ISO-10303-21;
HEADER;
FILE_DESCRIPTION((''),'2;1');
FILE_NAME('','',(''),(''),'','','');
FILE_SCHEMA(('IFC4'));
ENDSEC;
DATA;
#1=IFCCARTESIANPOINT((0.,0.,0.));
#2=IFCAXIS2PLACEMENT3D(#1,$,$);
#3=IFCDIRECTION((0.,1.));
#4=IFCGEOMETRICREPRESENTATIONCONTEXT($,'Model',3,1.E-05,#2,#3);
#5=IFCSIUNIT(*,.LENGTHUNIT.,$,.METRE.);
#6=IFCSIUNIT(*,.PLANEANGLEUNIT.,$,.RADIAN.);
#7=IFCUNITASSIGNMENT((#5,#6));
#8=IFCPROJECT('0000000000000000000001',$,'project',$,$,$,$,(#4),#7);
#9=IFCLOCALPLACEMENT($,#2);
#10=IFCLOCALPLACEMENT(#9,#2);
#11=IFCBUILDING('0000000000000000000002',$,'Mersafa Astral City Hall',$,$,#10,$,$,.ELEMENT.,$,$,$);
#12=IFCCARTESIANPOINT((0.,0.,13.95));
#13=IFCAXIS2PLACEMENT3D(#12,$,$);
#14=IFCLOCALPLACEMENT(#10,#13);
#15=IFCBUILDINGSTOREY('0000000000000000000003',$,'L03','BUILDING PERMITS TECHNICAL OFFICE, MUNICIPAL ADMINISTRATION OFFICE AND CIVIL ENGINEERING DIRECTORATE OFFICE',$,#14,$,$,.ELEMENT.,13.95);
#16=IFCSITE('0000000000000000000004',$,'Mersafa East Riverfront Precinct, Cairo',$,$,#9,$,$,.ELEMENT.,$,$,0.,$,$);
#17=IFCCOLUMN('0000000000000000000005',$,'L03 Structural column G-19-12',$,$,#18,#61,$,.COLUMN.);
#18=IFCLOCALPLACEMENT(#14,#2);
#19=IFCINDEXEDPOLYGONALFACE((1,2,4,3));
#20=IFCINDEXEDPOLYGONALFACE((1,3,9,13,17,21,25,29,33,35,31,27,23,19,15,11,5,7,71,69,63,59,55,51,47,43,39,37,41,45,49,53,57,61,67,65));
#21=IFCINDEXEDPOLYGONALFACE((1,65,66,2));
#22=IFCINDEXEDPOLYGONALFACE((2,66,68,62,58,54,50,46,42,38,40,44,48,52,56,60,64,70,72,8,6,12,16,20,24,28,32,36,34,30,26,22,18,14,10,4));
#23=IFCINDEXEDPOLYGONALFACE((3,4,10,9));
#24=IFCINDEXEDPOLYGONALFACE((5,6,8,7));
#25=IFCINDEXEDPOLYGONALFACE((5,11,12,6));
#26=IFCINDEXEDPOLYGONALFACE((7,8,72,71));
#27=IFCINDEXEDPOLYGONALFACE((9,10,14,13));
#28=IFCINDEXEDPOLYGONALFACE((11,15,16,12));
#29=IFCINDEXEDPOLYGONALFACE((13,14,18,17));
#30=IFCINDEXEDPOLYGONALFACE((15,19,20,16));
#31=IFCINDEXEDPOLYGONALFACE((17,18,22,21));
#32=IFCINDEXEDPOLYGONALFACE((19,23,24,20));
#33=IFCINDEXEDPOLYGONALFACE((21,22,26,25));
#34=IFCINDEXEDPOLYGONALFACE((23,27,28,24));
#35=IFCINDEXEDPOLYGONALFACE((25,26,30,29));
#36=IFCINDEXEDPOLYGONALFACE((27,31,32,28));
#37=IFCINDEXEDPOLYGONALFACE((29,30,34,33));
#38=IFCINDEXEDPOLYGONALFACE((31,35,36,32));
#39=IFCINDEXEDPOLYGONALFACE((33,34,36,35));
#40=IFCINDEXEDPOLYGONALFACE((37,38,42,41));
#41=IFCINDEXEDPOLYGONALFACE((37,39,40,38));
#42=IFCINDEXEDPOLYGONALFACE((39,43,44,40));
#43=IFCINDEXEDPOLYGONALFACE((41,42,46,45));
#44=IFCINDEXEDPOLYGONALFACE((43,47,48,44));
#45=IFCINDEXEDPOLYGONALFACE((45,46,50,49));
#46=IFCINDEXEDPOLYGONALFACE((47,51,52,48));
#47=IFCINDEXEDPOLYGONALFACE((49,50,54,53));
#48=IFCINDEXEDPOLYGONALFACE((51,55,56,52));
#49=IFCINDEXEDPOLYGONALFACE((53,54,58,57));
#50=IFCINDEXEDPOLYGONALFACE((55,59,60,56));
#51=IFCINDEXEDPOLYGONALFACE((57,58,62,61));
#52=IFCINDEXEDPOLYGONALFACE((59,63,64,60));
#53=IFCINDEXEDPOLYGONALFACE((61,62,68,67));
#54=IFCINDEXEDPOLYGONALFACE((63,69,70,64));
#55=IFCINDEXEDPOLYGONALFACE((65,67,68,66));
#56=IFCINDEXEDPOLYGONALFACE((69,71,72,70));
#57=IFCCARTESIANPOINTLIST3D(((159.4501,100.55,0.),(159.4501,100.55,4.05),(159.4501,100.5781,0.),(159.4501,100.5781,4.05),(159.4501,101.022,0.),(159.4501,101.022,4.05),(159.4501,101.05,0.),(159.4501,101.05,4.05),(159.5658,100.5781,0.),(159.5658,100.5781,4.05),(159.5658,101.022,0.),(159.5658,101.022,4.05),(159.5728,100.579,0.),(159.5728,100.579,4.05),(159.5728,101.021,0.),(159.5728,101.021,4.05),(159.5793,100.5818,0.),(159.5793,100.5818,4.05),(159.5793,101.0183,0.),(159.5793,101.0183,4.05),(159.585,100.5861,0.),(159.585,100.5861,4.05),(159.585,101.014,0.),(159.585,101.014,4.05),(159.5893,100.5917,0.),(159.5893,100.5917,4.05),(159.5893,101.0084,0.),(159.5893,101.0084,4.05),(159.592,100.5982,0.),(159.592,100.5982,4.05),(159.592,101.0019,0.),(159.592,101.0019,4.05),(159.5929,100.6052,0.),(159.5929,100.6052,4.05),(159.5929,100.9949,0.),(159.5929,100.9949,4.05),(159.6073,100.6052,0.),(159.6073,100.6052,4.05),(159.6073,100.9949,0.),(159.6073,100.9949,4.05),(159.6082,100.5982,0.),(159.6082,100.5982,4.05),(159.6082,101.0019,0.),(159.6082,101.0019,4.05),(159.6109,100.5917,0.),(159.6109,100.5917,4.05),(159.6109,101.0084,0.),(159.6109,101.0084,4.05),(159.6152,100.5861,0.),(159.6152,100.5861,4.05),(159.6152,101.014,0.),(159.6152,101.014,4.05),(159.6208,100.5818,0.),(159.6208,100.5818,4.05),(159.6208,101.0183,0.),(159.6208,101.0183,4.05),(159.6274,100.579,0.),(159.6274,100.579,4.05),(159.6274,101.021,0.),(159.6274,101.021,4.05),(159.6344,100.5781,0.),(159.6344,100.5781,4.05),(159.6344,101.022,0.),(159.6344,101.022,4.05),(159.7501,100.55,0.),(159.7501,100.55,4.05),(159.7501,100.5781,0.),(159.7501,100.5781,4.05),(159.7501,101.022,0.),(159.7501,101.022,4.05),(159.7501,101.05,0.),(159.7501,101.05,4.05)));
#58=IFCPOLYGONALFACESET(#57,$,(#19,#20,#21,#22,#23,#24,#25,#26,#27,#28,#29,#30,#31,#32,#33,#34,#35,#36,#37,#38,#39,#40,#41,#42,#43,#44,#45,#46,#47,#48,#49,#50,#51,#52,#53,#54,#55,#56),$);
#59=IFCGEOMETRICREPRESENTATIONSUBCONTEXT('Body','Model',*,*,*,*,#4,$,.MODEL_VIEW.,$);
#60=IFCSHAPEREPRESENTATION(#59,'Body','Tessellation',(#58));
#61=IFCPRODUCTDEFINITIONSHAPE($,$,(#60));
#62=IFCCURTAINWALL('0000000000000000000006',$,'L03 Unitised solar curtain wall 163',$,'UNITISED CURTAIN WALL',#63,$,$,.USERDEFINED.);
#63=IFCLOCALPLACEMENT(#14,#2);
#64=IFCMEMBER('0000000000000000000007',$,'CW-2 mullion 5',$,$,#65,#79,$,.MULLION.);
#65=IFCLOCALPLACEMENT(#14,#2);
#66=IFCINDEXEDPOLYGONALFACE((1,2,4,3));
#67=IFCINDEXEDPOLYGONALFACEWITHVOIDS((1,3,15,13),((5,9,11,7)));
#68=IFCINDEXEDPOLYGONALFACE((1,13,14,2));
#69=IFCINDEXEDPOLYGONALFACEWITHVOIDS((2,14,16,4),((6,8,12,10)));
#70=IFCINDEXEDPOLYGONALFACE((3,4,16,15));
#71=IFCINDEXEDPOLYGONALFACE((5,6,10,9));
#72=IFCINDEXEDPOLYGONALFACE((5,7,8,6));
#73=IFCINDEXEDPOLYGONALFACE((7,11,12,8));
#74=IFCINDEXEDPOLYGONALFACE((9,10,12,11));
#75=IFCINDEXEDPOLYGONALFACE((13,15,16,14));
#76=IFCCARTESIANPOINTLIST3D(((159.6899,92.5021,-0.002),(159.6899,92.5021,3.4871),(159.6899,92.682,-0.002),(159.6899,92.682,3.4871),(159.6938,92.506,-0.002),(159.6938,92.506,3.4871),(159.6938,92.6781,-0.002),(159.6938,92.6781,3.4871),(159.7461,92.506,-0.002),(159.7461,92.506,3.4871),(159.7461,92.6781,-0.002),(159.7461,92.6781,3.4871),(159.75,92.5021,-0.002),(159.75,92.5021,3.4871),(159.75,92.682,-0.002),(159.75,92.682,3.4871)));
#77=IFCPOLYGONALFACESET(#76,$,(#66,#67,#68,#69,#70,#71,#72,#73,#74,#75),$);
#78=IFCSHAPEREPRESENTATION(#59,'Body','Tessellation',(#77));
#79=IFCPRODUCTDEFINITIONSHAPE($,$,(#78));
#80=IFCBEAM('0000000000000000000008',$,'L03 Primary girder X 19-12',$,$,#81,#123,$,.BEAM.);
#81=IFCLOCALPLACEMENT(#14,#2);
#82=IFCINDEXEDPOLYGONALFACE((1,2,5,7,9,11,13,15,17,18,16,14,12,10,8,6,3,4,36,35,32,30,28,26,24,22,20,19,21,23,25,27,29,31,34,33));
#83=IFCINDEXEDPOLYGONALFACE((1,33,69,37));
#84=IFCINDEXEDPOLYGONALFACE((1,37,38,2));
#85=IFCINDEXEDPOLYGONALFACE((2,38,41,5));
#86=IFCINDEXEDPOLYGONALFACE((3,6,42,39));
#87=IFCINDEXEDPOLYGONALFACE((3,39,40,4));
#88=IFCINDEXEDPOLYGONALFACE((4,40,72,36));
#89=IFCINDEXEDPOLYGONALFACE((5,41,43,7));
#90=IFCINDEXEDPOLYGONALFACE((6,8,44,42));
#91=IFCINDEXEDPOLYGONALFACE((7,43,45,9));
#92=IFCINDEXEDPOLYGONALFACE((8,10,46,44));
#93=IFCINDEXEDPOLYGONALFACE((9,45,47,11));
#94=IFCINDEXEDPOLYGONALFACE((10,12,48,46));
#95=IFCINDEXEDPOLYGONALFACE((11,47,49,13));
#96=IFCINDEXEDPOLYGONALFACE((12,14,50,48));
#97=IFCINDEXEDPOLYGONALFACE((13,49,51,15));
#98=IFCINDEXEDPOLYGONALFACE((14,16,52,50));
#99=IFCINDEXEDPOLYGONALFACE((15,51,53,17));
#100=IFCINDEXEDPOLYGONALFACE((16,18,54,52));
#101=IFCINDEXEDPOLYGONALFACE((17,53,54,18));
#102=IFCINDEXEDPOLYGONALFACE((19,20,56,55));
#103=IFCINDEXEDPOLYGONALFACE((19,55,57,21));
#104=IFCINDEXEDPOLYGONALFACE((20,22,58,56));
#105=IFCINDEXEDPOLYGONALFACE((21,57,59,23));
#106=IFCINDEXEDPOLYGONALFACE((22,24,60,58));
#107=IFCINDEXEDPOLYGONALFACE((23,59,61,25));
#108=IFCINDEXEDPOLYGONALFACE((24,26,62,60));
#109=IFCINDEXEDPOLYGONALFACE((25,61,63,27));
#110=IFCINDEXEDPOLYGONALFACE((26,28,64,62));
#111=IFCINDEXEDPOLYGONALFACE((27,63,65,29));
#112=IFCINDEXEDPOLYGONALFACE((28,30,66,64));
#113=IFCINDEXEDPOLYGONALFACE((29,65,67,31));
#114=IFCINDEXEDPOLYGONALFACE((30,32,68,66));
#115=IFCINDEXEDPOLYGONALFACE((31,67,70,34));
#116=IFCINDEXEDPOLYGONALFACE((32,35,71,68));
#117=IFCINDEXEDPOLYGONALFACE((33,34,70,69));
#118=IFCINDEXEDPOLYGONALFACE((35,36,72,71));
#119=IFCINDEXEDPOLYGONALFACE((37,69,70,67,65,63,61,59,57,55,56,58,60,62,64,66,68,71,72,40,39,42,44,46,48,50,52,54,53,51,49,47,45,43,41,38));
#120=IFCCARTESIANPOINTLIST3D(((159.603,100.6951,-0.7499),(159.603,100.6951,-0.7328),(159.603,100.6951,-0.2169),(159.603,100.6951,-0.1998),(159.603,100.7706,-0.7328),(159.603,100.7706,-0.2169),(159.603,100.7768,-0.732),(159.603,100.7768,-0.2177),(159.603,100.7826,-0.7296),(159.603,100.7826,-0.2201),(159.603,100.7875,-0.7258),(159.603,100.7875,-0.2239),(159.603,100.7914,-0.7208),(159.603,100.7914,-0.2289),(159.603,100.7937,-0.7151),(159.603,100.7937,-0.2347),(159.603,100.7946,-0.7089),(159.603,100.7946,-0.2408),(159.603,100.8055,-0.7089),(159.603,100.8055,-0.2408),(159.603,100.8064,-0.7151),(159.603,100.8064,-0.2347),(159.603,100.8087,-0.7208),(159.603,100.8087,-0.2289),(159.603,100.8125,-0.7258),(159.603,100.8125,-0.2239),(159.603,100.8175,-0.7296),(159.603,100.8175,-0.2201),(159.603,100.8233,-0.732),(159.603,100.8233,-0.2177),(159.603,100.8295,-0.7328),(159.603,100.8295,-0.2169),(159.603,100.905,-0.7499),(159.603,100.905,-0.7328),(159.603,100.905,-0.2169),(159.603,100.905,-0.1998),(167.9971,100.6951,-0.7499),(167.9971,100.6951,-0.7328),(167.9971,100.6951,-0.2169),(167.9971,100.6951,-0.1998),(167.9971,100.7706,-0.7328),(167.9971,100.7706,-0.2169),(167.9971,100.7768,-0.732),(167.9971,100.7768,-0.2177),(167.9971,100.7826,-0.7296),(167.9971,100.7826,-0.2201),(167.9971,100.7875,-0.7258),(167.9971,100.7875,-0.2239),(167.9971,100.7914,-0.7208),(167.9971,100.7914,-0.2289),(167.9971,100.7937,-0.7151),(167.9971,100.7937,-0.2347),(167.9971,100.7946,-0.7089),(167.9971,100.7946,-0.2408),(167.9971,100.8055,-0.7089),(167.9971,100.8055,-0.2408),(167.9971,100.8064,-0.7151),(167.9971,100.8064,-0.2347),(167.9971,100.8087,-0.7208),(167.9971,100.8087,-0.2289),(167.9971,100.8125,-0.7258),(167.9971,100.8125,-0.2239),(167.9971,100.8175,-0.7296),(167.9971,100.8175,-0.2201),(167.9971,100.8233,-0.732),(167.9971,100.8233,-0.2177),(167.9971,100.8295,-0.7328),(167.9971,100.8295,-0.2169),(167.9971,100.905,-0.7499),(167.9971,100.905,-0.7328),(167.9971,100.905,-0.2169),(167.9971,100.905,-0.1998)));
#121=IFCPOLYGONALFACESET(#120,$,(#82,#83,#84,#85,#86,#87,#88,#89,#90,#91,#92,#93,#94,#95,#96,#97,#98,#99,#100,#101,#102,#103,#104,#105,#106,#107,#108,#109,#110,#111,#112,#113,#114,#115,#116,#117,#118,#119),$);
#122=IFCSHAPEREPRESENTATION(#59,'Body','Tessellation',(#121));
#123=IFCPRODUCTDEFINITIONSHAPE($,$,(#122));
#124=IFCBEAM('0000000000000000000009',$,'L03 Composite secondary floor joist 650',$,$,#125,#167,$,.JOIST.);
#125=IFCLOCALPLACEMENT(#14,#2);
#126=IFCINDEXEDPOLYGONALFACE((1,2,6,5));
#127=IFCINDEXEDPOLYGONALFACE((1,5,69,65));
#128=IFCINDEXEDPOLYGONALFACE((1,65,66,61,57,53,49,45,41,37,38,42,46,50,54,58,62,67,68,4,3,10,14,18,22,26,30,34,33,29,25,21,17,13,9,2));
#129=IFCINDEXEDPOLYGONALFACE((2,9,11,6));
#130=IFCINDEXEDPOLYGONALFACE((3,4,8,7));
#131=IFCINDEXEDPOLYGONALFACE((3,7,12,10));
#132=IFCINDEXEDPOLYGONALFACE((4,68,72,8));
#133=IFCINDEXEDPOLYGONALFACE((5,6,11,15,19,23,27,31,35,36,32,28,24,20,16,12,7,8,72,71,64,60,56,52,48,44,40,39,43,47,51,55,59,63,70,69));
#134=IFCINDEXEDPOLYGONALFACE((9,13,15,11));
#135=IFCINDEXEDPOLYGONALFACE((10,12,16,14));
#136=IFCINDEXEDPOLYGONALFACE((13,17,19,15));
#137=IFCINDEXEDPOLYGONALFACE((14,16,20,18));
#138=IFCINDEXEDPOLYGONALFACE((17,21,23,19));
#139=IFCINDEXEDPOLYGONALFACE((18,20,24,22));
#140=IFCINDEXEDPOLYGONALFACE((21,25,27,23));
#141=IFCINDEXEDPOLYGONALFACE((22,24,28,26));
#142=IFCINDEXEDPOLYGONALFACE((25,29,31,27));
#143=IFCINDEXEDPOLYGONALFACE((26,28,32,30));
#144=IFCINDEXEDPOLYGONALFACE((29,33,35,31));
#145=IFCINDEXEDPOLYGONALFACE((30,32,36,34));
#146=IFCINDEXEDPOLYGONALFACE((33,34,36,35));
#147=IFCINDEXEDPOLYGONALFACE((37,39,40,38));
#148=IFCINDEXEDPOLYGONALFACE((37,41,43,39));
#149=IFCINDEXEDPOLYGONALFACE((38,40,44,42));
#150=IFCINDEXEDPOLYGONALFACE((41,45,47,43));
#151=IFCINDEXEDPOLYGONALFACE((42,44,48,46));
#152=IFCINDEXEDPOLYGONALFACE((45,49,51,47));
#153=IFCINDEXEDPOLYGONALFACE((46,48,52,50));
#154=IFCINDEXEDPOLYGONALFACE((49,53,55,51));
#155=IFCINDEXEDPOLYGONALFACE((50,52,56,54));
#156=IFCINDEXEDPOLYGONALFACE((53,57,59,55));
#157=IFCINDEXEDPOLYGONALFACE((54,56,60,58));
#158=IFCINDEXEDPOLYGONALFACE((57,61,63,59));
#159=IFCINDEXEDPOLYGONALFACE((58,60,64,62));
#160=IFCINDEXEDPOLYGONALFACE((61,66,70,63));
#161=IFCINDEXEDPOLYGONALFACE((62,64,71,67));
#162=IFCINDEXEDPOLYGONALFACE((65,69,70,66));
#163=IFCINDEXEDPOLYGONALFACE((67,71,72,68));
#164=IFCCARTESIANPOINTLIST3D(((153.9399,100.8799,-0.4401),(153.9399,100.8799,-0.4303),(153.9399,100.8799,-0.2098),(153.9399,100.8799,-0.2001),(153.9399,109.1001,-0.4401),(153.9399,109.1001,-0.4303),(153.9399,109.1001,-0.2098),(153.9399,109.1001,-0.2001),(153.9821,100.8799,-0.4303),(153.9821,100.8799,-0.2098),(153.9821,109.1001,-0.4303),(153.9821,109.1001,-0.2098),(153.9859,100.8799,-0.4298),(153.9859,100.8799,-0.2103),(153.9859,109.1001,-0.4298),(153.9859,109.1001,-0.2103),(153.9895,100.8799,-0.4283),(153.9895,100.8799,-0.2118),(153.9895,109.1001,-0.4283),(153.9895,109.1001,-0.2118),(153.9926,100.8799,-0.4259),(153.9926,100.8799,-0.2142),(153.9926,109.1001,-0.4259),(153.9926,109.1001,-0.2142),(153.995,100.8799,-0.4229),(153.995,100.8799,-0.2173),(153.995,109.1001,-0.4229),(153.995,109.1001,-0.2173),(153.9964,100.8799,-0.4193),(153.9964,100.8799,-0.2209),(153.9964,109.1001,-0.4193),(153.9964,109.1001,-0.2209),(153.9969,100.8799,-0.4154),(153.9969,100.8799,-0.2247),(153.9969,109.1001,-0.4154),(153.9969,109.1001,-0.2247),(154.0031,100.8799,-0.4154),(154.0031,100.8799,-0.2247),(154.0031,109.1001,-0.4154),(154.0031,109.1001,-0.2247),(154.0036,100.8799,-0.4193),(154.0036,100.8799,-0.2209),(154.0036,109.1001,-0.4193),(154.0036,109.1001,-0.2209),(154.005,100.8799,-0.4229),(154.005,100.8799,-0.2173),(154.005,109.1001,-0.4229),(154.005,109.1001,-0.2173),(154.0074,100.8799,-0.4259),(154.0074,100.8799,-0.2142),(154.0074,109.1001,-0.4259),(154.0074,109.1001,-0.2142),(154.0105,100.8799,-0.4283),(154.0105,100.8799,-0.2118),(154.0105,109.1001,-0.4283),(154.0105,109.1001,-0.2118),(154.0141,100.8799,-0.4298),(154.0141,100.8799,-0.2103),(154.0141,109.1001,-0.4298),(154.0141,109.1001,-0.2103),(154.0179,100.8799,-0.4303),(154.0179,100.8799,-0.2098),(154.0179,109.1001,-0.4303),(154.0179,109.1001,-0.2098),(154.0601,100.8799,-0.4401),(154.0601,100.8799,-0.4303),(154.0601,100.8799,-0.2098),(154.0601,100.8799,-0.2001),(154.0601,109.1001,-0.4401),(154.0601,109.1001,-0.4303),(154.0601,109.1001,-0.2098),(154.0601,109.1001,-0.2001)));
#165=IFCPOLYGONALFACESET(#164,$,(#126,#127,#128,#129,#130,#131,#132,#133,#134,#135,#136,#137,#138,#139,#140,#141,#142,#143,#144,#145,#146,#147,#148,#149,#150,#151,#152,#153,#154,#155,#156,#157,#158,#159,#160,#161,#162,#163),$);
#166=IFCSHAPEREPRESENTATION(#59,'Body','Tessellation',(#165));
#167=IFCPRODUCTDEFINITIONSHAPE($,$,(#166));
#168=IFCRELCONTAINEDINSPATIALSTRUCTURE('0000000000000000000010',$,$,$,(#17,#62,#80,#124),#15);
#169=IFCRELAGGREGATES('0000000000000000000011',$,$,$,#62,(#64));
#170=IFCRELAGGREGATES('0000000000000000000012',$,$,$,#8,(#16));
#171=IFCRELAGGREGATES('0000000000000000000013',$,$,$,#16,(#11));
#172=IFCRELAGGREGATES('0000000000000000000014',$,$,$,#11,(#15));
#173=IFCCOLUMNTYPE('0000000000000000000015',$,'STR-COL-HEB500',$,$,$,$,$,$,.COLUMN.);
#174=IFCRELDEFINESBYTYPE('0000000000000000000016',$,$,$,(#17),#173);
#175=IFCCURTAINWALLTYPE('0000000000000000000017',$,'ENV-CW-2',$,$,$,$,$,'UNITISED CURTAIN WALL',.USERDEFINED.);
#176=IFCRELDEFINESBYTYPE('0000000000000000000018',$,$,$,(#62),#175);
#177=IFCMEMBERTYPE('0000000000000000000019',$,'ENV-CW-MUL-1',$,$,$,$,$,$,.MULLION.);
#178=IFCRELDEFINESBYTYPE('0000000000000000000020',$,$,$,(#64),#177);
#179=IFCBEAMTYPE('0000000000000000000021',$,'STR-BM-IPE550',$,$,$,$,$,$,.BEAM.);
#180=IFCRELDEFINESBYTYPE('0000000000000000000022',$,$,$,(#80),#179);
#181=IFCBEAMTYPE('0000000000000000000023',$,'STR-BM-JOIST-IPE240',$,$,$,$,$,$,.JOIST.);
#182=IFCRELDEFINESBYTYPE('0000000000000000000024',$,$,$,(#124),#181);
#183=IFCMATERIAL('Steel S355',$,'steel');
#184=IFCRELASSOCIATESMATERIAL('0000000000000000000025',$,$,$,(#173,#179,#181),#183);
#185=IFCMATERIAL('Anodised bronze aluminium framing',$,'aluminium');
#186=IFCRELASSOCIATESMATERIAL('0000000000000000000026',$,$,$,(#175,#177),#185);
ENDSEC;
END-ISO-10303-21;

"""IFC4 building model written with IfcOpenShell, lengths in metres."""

from ifc_helpers import new_model, si_unit, direction, frame, origin, origin_2d, place, context, subcontext, project, spatial, hollow_rectangle, i_section, extrude, material, material_profile, profile_set, type_object, element, aggregate, save


model = new_model("IFC4")

# Units and contexts
model_context = context("Model", 3, precision=1e-05, world=origin(), true_north=direction((0.0, 1.0)))
body_context = subcontext(model_context, "Body", "Model", "MODEL_VIEW")
ifc_project = project(units=[si_unit("LENGTHUNIT", "METRE"), si_unit("PLANEANGLEUNIT", "RADIAN")], contexts=[model_context])

# Site, building, storey
site_placement = place(None, origin())
site = spatial("IfcSite", under=ifc_project, at=site_placement, Name="Mersafa East Riverfront Precinct, Cairo", CompositionType="ELEMENT", RefElevation=0.0)
building_placement = place(site_placement, origin())
building = spatial("IfcBuilding", under=site, at=building_placement, Name="Mersafa Astral City Hall", CompositionType="ELEMENT")
storey_placement = place(building_placement, frame((0.0, 0.0, 13.95)))
storey = spatial("IfcBuildingStorey", under=building, at=storey_placement, Name="L03", Description="BUILDING PERMITS TECHNICAL OFFICE, MUNICIPAL ADMINISTRATION OFFICE AND CIVIL ENGINEERING DIRECTORATE OFFICE", CompositionType="ELEMENT", Elevation=13.95)

# Column
ifc_material_1 = material(Name="Steel S355", Category="steel")
ifc_material_profile_1 = material_profile(ifc_material_1, i_section(OverallWidth=0.3, OverallDepth=0.5, WebThickness=0.0144, FlangeThickness=0.0281, FilletRadius=0.0271, at=origin_2d()), Name="HEB 500")
ifc_profile_set_1 = profile_set([ifc_material_profile_1], Name="Steel S355")
column_type = type_object("IfcColumnType", Name="STR-COL-HEB500", PredefinedType="COLUMN", material=ifc_profile_set_1)
column_placement = place(storey_placement, frame((159.6001, 100.8, 0.0), z_axis=(0.0, 0.0, 1.0), x_axis=(1.0, 0.0, 0.0)))
element("IfcColumn", 1, at=column_placement, inside=storey, type_object=column_type, Name="L03 Structural column G-19-12", PredefinedType="COLUMN", context=body_context, shape_type="SweptSolid", body=[
    extrude(i_section(OverallWidth=0.3, OverallDepth=0.5, WebThickness=0.0144, FlangeThickness=0.0281, FilletRadius=0.0271, at=origin_2d()), origin(), (0.0, 0.0, 1.0), 4.05),
])

# Curtain wall, member
ifc_material_2 = material(Name="Anodised bronze aluminium framing", Category="aluminium")
curtain_wall_type_1 = type_object("IfcCurtainWallType", Name="ENV-CW-2", ElementType="UNITISED CURTAIN WALL", PredefinedType="USERDEFINED", material=ifc_material_2)
curtain_wall_1_placement = place(storey_placement, origin())
curtain_wall_1 = element("IfcCurtainWall", 2, at=curtain_wall_1_placement, inside=storey, type_object=curtain_wall_type_1, Name="L03 Unitised solar curtain wall 163", ObjectType="UNITISED CURTAIN WALL", PredefinedType="USERDEFINED")
ifc_material_profile_2 = material_profile(ifc_material_2, hollow_rectangle(XDim=0.0601, YDim=0.1799, WallThickness=0.0039, at=origin_2d()), Name="RHS 60x180x4")
ifc_profile_set_2 = profile_set([ifc_material_profile_2], Name="Anodised bronze aluminium framing")
member_type = type_object("IfcMemberType", Name="ENV-CW-MUL-1", PredefinedType="MULLION", material=ifc_profile_set_2)
member_placement = place(storey_placement, frame((159.72, 92.592, -0.002), z_axis=(0.0, 0.0, 1.0), x_axis=(1.0, 0.0, 0.0)))
member = element("IfcMember", 3, at=member_placement, type_object=member_type, Name="CW-2 mullion 5", PredefinedType="MULLION", context=body_context, shape_type="SweptSolid", body=[
    extrude(hollow_rectangle(XDim=0.0601, YDim=0.1799, WallThickness=0.0039, at=origin_2d()), origin(), (0.0, 0.0, 1.0), 3.489),
])

# Beams
ifc_material_profile_3 = material_profile(ifc_material_1, i_section(OverallWidth=0.21, OverallDepth=0.55, WebThickness=0.011, FlangeThickness=0.0171, FilletRadius=0.0239, at=origin_2d()), Name="IPE 550")
ifc_profile_set_3 = profile_set([ifc_material_profile_3], Name="Steel S355")
beam_type_1 = type_object("IfcBeamType", Name="STR-BM-IPE550", PredefinedType="BEAM", material=ifc_profile_set_3)
beam_placement = place(storey_placement, frame((159.603, 100.8, -0.4749), z_axis=(1.0, 0.0, 0.0), x_axis=(0.0, 1.0, 0.0)))
element("IfcBeam", 4, at=beam_placement, inside=storey, type_object=beam_type_1, Name="L03 Primary girder X 19-12", PredefinedType="BEAM", context=body_context, shape_type="SweptSolid", body=[
    extrude(i_section(OverallWidth=0.21, OverallDepth=0.55, WebThickness=0.011, FlangeThickness=0.0171, FilletRadius=0.0239, at=origin_2d()), origin(), (0.0, 0.0, 1.0), 8.394),
])
ifc_material_profile_4 = material_profile(ifc_material_1, i_section(OverallWidth=0.1201, OverallDepth=0.24, WebThickness=0.0061, FlangeThickness=0.0098, FilletRadius=0.0149, at=origin_2d()), Name="IPE 240")
ifc_profile_set_4 = profile_set([ifc_material_profile_4], Name="Steel S355")
beam_type_2 = type_object("IfcBeamType", Name="STR-BM-JOIST-IPE240", PredefinedType="JOIST", material=ifc_profile_set_4)
for number, where, z_axis, x_axis, name in (
    (5, (154.0, 100.8799, -0.3201), (0.0, 1.0, 0.0), (-1.0, 0.0, 0.0), "L03 Composite secondary floor joist 650"),
):
    element("IfcBeam", number, at=place(storey_placement, frame(where, z_axis=z_axis, x_axis=x_axis)), inside=storey, type_object=beam_type_2, Name=name, PredefinedType="JOIST", context=body_context, shape_type="SweptSolid", body=[
        extrude(i_section(OverallWidth=0.1201, OverallDepth=0.24, WebThickness=0.0061, FlangeThickness=0.0098, FilletRadius=0.0149, at=origin_2d()), origin(), (0.0, 0.0, 1.0), 8.2202),
    ])

aggregate(curtain_wall_1, [member])

save(model, "model.ifc")
